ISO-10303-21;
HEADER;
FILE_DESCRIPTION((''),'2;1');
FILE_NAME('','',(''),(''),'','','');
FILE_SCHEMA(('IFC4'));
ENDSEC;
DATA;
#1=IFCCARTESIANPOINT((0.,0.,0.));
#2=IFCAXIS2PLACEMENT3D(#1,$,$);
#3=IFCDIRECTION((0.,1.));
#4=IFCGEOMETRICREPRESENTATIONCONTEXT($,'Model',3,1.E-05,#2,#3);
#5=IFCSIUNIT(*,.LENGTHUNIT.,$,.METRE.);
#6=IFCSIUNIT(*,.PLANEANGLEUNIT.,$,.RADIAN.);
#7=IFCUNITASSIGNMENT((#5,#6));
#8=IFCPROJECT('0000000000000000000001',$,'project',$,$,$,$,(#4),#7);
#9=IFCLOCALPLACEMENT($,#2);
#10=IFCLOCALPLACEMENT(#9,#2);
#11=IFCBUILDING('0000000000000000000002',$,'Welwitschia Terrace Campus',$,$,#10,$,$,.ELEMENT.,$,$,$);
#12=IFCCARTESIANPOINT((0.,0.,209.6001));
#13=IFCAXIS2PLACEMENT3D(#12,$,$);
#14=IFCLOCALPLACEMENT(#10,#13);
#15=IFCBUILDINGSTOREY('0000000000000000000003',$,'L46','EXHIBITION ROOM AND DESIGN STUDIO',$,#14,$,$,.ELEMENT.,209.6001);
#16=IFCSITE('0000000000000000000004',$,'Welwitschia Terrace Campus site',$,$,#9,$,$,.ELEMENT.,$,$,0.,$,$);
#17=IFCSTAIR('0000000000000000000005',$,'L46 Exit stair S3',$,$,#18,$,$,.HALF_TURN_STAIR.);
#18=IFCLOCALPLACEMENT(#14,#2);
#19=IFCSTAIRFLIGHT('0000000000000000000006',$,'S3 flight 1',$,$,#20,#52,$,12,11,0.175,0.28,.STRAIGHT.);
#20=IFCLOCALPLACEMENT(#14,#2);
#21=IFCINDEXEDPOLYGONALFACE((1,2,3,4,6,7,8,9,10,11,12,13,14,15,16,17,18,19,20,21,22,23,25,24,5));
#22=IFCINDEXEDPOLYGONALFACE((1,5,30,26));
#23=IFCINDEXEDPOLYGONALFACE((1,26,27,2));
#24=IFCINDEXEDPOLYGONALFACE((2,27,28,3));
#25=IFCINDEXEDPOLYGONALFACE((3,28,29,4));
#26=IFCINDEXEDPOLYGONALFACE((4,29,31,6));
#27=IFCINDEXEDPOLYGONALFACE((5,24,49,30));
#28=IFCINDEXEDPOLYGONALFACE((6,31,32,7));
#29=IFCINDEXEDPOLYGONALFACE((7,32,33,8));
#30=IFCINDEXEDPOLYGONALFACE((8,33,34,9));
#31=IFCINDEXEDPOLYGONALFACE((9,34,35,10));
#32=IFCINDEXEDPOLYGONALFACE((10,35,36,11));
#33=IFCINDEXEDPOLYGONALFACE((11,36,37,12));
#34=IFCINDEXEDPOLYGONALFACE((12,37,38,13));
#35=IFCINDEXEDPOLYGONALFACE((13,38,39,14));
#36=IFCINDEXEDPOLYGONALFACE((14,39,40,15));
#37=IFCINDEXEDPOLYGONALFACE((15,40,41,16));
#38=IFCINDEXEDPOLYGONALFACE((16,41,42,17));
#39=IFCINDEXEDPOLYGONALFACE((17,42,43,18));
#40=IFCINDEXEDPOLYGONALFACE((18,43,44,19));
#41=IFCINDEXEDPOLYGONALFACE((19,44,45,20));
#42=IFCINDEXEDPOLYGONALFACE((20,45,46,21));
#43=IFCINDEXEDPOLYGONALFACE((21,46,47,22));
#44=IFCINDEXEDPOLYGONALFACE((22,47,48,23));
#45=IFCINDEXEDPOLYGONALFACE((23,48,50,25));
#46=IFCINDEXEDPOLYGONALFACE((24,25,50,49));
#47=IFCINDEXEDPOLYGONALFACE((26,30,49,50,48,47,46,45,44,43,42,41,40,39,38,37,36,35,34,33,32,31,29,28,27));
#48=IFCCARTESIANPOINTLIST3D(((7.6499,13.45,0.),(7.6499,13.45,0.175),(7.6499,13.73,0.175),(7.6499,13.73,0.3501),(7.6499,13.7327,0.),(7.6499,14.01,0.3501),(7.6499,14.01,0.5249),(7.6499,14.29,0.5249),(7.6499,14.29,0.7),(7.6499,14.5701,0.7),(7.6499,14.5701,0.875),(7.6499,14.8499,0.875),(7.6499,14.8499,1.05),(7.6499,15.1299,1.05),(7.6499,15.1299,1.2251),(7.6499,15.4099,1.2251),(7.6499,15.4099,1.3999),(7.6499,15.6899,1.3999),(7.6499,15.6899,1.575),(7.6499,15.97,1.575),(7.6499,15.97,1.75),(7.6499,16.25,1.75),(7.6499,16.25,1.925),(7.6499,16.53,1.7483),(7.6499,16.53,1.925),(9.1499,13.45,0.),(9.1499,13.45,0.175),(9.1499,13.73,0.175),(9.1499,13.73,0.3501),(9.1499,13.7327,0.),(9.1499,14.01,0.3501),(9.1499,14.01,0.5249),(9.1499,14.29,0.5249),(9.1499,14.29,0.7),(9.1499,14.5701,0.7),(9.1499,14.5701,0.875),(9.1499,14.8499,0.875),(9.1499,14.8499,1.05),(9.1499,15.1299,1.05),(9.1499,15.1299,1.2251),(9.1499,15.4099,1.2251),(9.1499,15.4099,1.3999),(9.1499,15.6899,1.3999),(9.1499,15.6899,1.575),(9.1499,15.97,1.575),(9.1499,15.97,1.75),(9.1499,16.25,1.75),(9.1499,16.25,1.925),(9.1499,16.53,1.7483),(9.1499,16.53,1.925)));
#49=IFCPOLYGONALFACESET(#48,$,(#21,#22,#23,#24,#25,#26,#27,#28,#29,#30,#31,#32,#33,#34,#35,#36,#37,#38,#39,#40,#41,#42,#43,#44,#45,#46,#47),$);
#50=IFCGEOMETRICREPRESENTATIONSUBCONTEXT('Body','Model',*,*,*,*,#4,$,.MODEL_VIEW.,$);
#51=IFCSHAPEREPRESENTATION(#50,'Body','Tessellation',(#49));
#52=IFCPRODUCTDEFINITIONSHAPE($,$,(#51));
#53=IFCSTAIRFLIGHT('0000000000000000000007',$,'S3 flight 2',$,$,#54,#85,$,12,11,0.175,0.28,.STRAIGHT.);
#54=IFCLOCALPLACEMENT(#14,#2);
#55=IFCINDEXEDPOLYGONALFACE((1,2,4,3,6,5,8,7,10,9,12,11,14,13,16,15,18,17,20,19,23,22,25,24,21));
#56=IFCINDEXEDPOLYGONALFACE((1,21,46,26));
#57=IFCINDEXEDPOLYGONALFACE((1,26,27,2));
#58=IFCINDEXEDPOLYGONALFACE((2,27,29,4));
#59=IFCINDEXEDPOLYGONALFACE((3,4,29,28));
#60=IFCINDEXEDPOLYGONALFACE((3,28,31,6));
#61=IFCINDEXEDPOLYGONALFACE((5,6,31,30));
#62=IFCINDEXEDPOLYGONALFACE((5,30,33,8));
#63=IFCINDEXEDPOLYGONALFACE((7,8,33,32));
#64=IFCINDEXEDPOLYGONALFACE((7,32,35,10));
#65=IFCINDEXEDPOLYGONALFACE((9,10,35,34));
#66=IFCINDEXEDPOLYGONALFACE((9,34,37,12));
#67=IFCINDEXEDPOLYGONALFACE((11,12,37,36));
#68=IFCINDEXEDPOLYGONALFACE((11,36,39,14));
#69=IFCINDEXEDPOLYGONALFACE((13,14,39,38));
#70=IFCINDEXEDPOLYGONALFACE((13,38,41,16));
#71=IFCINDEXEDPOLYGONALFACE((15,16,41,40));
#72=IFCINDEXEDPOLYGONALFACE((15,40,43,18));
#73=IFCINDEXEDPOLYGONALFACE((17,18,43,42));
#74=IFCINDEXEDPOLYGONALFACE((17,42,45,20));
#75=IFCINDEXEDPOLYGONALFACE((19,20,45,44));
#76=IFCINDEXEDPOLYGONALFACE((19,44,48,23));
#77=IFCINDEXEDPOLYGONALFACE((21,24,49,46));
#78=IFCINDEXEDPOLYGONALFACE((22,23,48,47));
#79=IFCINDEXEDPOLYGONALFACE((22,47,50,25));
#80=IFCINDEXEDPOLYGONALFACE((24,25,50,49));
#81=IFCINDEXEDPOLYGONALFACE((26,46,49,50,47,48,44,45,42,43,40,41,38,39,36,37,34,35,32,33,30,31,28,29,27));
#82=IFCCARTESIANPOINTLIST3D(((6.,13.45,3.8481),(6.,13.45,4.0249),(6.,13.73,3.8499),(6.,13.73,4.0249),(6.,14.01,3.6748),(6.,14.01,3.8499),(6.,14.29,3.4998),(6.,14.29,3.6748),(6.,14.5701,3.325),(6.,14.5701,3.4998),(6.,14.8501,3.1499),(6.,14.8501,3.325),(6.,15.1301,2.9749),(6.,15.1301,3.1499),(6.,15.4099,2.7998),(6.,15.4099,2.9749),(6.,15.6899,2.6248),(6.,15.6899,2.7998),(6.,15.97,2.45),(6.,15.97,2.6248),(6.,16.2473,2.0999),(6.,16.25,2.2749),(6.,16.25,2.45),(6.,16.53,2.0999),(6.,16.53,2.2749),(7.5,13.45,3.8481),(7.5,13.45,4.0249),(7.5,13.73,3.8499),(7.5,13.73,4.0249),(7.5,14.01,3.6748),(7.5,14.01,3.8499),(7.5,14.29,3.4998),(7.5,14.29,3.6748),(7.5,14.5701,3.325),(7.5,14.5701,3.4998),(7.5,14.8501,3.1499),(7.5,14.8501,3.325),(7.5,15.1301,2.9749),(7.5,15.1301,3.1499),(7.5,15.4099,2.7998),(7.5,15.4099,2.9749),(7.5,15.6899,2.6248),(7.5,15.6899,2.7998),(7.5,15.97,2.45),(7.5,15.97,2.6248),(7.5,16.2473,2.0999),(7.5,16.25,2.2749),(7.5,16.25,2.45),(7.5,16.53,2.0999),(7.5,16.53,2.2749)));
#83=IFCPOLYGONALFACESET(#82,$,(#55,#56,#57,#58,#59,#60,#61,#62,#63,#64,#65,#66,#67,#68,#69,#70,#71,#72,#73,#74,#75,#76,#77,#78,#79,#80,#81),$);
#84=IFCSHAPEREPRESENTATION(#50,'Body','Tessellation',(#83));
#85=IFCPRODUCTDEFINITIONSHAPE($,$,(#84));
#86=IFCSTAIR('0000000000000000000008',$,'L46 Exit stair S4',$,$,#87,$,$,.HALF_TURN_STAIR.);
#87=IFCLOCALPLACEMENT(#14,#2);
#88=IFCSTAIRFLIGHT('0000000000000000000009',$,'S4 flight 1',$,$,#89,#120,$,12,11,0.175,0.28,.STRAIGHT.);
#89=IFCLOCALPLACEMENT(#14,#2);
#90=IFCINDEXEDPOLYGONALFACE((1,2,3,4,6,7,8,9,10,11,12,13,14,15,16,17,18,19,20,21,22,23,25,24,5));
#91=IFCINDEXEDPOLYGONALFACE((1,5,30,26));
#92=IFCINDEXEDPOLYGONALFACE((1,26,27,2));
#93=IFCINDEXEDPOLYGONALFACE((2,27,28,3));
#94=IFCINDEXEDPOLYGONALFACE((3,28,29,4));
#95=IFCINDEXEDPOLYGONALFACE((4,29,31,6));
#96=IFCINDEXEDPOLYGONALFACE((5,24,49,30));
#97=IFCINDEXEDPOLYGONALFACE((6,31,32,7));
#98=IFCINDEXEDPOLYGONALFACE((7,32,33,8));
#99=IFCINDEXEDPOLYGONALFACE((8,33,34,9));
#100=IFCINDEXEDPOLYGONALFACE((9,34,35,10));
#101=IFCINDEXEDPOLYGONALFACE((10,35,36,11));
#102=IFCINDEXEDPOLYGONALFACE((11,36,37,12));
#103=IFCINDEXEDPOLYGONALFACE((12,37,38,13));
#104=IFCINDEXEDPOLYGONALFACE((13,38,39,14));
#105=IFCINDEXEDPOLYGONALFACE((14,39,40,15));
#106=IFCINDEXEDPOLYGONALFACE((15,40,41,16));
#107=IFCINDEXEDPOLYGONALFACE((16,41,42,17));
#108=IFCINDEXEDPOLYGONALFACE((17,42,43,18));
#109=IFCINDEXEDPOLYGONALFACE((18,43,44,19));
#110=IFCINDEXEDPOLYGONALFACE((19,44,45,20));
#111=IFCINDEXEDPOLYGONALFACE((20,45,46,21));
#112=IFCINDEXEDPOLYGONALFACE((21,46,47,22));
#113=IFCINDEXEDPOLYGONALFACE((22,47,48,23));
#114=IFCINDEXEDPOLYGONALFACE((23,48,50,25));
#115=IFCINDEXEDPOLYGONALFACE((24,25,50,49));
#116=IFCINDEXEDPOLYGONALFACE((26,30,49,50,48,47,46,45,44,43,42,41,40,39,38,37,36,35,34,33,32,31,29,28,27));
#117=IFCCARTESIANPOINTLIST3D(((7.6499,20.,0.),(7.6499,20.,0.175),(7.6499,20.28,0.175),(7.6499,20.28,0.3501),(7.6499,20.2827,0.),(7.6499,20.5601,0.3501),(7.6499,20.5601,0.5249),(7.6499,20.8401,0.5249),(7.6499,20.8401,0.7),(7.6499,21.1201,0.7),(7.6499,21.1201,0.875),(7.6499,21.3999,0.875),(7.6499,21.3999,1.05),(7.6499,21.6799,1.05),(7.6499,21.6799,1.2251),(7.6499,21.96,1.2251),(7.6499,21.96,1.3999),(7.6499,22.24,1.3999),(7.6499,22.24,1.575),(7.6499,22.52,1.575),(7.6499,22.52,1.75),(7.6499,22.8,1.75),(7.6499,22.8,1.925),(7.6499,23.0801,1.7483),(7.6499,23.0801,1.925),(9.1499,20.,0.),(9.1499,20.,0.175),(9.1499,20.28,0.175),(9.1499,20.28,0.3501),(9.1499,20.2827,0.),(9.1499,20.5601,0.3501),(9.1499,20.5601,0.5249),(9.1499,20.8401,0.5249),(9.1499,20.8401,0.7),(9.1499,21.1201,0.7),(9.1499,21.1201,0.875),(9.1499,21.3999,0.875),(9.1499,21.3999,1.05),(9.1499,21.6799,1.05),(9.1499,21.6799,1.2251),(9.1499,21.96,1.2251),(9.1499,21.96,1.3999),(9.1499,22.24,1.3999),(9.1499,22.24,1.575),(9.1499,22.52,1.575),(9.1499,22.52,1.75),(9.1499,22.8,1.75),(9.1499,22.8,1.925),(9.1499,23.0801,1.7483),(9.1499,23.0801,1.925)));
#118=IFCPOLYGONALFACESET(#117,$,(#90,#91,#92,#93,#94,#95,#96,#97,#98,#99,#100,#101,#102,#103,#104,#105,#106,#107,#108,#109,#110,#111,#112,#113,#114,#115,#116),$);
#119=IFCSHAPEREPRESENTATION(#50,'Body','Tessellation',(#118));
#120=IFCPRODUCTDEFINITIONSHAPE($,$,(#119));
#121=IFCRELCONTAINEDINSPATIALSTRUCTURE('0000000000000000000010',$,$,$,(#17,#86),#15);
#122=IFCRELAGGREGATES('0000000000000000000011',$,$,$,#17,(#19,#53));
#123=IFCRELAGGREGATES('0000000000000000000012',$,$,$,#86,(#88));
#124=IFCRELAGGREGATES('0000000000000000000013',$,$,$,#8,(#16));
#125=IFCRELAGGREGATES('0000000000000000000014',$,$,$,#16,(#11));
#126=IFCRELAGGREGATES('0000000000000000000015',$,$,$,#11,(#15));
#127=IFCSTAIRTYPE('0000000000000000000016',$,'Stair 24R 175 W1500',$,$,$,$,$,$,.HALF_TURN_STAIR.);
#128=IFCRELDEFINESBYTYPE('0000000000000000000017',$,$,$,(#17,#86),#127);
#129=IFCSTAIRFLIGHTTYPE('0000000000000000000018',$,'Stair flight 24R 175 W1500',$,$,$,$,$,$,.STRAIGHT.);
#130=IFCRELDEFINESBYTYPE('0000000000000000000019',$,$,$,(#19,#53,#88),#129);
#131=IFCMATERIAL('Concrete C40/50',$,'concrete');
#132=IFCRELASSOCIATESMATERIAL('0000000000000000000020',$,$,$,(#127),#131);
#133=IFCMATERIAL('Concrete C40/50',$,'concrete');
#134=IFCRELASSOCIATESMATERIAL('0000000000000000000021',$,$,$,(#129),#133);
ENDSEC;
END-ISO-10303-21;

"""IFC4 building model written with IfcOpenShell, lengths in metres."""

from ifc_helpers import new_model, si_unit, direction, frame, origin, place, context, subcontext, project, spatial, polyline, outline, extrude, material, type_object, element, aggregate, save


model = new_model("IFC4")

# Units and contexts
model_context = context("Model", 3, precision=1e-05, world=origin(), true_north=direction((0.0, 1.0)))
body_context = subcontext(model_context, "Body", "Model", "MODEL_VIEW")
ifc_project = project(units=[si_unit("LENGTHUNIT", "METRE"), si_unit("PLANEANGLEUNIT", "RADIAN")], contexts=[model_context])

# Site, building, storey
site_placement = place(None, origin())
site = spatial("IfcSite", under=ifc_project, at=site_placement, Name="Welwitschia Terrace Campus site", CompositionType="ELEMENT", RefElevation=0.0)
building_placement = place(site_placement, origin())
building = spatial("IfcBuilding", under=site, at=building_placement, Name="Welwitschia Terrace Campus", CompositionType="ELEMENT")
storey_placement = place(building_placement, frame((0.0, 0.0, 209.6001)))
storey = spatial("IfcBuildingStorey", under=building, at=storey_placement, Name="L46", Description="EXHIBITION ROOM AND DESIGN STUDIO", CompositionType="ELEMENT", Elevation=209.6001)

# Stair, stair flights
ifc_material_1 = material(Name="Concrete C40/50", Category="concrete")
stair_type = type_object("IfcStairType", Name="Stair 24R 175 W1500", PredefinedType="HALF_TURN_STAIR", material=ifc_material_1)
stair_1_placement = place(storey_placement, origin())
stair_1 = element("IfcStair", 1, at=stair_1_placement, inside=storey, type_object=stair_type, Name="L46 Exit stair S3", PredefinedType="HALF_TURN_STAIR")
ifc_material_2 = material(Name="Concrete C40/50", Category="concrete")
stair_flight_type = type_object("IfcStairFlightType", Name="Stair flight 24R 175 W1500", PredefinedType="STRAIGHT", material=ifc_material_2)
stair_flight_1_placement = place(storey_placement, frame((8.3999, 13.45, 0.0), z_axis=(0.0, 0.0, 1.0), x_axis=(0.0, 1.0, 0.0)))
stair_flight_1 = element("IfcStairFlight", 2, at=stair_flight_1_placement, type_object=stair_flight_type, Name="S3 flight 1", NumberOfRisers=12, NumberOfTreads=11, PredefinedType="STRAIGHT", RiserHeight=0.175, TreadLength=0.28, context=body_context, shape_type="SweptSolid", body=[
    extrude(outline(polyline([(0.0, 0.0), (0.0, 0.175), (0.28, 0.175), (0.28, 0.3501), (0.5601, 0.3501), (0.5601, 0.5249), (0.8401, 0.5249), (0.8401, 0.7), (1.1201, 0.7), (1.1201, 0.875), (1.3999, 0.875), (1.3999, 1.05), (1.6799, 1.05), (1.6799, 1.2251), (1.96, 1.2251), (1.96, 1.3999), (2.24, 1.3999), (2.24, 1.575), (2.52, 1.575), (2.52, 1.75), (2.8, 1.75), (2.8, 1.925), (3.0801, 1.925), (3.0801, 2.1001), (3.0801, 1.7483), (0.2827, 0.0), (0.0, 0.0)])), frame((0.0, 0.75, 0.0), z_axis=(0.0, -1.0, 0.0), x_axis=(1.0, 0.0, 0.0)), (0.0, 0.0, 1.0), 1.5),
])
stair_flight_2_placement = place(storey_placement, frame((6.75, 16.53, 2.0999), z_axis=(0.0, 0.0, 1.0), x_axis=(0.0, -1.0, 0.0)))
stair_flight_2 = element("IfcStairFlight", 3, at=stair_flight_2_placement, type_object=stair_flight_type, Name="S3 flight 2", NumberOfRisers=12, NumberOfTreads=11, PredefinedType="STRAIGHT", RiserHeight=0.175, TreadLength=0.28, context=body_context, shape_type="SweptSolid", body=[
    extrude(outline(polyline([(0.0, 0.0), (0.0, 0.175), (0.28, 0.175), (0.28, 0.3501), (0.5601, 0.3501), (0.5601, 0.5249), (0.8401, 0.5249), (0.8401, 0.7), (1.1201, 0.7), (1.1201, 0.875), (1.3999, 0.875), (1.3999, 1.05), (1.6799, 1.05), (1.6799, 1.2251), (1.96, 1.2251), (1.96, 1.3999), (2.24, 1.3999), (2.24, 1.575), (2.52, 1.575), (2.52, 1.75), (2.8, 1.75), (2.8, 1.925), (3.0801, 1.925), (3.0801, 2.1001), (3.0801, 1.7483), (0.2827, 0.0), (0.0, 0.0)])), frame((0.0, 0.75, 0.0), z_axis=(0.0, -1.0, 0.0), x_axis=(1.0, 0.0, 0.0)), (0.0, 0.0, 1.0), 1.5),
])
aggregate(stair_1, [stair_flight_1, stair_flight_2])

# Stair, stair flight
stair_2_placement = place(storey_placement, origin())
stair_2 = element("IfcStair", 4, at=stair_2_placement, inside=storey, type_object=stair_type, Name="L46 Exit stair S4", PredefinedType="HALF_TURN_STAIR")
stair_flight_3_placement = place(storey_placement, frame((8.3999, 20.0, 0.0), z_axis=(0.0, 0.0, 1.0), x_axis=(0.0, 1.0, 0.0)))
stair_flight_3 = element("IfcStairFlight", 5, at=stair_flight_3_placement, type_object=stair_flight_type, Name="S4 flight 1", NumberOfRisers=12, NumberOfTreads=11, PredefinedType="STRAIGHT", RiserHeight=0.175, TreadLength=0.28, context=body_context, shape_type="SweptSolid", body=[
    extrude(outline(polyline([(0.0, 0.0), (0.0, 0.175), (0.28, 0.175), (0.28, 0.3501), (0.5601, 0.3501), (0.5601, 0.5249), (0.8401, 0.5249), (0.8401, 0.7), (1.1201, 0.7), (1.1201, 0.875), (1.3999, 0.875), (1.3999, 1.05), (1.6799, 1.05), (1.6799, 1.2251), (1.96, 1.2251), (1.96, 1.3999), (2.24, 1.3999), (2.24, 1.575), (2.52, 1.575), (2.52, 1.75), (2.8, 1.75), (2.8, 1.925), (3.0801, 1.925), (3.0801, 2.1001), (3.0801, 1.7483), (0.2827, 0.0), (0.0, 0.0)])), frame((0.0, 0.75, 0.0), z_axis=(0.0, -1.0, 0.0), x_axis=(1.0, 0.0, 0.0)), (0.0, 0.0, 1.0), 1.5),
])
aggregate(stair_2, [stair_flight_3])

save(model, "model.ifc")
